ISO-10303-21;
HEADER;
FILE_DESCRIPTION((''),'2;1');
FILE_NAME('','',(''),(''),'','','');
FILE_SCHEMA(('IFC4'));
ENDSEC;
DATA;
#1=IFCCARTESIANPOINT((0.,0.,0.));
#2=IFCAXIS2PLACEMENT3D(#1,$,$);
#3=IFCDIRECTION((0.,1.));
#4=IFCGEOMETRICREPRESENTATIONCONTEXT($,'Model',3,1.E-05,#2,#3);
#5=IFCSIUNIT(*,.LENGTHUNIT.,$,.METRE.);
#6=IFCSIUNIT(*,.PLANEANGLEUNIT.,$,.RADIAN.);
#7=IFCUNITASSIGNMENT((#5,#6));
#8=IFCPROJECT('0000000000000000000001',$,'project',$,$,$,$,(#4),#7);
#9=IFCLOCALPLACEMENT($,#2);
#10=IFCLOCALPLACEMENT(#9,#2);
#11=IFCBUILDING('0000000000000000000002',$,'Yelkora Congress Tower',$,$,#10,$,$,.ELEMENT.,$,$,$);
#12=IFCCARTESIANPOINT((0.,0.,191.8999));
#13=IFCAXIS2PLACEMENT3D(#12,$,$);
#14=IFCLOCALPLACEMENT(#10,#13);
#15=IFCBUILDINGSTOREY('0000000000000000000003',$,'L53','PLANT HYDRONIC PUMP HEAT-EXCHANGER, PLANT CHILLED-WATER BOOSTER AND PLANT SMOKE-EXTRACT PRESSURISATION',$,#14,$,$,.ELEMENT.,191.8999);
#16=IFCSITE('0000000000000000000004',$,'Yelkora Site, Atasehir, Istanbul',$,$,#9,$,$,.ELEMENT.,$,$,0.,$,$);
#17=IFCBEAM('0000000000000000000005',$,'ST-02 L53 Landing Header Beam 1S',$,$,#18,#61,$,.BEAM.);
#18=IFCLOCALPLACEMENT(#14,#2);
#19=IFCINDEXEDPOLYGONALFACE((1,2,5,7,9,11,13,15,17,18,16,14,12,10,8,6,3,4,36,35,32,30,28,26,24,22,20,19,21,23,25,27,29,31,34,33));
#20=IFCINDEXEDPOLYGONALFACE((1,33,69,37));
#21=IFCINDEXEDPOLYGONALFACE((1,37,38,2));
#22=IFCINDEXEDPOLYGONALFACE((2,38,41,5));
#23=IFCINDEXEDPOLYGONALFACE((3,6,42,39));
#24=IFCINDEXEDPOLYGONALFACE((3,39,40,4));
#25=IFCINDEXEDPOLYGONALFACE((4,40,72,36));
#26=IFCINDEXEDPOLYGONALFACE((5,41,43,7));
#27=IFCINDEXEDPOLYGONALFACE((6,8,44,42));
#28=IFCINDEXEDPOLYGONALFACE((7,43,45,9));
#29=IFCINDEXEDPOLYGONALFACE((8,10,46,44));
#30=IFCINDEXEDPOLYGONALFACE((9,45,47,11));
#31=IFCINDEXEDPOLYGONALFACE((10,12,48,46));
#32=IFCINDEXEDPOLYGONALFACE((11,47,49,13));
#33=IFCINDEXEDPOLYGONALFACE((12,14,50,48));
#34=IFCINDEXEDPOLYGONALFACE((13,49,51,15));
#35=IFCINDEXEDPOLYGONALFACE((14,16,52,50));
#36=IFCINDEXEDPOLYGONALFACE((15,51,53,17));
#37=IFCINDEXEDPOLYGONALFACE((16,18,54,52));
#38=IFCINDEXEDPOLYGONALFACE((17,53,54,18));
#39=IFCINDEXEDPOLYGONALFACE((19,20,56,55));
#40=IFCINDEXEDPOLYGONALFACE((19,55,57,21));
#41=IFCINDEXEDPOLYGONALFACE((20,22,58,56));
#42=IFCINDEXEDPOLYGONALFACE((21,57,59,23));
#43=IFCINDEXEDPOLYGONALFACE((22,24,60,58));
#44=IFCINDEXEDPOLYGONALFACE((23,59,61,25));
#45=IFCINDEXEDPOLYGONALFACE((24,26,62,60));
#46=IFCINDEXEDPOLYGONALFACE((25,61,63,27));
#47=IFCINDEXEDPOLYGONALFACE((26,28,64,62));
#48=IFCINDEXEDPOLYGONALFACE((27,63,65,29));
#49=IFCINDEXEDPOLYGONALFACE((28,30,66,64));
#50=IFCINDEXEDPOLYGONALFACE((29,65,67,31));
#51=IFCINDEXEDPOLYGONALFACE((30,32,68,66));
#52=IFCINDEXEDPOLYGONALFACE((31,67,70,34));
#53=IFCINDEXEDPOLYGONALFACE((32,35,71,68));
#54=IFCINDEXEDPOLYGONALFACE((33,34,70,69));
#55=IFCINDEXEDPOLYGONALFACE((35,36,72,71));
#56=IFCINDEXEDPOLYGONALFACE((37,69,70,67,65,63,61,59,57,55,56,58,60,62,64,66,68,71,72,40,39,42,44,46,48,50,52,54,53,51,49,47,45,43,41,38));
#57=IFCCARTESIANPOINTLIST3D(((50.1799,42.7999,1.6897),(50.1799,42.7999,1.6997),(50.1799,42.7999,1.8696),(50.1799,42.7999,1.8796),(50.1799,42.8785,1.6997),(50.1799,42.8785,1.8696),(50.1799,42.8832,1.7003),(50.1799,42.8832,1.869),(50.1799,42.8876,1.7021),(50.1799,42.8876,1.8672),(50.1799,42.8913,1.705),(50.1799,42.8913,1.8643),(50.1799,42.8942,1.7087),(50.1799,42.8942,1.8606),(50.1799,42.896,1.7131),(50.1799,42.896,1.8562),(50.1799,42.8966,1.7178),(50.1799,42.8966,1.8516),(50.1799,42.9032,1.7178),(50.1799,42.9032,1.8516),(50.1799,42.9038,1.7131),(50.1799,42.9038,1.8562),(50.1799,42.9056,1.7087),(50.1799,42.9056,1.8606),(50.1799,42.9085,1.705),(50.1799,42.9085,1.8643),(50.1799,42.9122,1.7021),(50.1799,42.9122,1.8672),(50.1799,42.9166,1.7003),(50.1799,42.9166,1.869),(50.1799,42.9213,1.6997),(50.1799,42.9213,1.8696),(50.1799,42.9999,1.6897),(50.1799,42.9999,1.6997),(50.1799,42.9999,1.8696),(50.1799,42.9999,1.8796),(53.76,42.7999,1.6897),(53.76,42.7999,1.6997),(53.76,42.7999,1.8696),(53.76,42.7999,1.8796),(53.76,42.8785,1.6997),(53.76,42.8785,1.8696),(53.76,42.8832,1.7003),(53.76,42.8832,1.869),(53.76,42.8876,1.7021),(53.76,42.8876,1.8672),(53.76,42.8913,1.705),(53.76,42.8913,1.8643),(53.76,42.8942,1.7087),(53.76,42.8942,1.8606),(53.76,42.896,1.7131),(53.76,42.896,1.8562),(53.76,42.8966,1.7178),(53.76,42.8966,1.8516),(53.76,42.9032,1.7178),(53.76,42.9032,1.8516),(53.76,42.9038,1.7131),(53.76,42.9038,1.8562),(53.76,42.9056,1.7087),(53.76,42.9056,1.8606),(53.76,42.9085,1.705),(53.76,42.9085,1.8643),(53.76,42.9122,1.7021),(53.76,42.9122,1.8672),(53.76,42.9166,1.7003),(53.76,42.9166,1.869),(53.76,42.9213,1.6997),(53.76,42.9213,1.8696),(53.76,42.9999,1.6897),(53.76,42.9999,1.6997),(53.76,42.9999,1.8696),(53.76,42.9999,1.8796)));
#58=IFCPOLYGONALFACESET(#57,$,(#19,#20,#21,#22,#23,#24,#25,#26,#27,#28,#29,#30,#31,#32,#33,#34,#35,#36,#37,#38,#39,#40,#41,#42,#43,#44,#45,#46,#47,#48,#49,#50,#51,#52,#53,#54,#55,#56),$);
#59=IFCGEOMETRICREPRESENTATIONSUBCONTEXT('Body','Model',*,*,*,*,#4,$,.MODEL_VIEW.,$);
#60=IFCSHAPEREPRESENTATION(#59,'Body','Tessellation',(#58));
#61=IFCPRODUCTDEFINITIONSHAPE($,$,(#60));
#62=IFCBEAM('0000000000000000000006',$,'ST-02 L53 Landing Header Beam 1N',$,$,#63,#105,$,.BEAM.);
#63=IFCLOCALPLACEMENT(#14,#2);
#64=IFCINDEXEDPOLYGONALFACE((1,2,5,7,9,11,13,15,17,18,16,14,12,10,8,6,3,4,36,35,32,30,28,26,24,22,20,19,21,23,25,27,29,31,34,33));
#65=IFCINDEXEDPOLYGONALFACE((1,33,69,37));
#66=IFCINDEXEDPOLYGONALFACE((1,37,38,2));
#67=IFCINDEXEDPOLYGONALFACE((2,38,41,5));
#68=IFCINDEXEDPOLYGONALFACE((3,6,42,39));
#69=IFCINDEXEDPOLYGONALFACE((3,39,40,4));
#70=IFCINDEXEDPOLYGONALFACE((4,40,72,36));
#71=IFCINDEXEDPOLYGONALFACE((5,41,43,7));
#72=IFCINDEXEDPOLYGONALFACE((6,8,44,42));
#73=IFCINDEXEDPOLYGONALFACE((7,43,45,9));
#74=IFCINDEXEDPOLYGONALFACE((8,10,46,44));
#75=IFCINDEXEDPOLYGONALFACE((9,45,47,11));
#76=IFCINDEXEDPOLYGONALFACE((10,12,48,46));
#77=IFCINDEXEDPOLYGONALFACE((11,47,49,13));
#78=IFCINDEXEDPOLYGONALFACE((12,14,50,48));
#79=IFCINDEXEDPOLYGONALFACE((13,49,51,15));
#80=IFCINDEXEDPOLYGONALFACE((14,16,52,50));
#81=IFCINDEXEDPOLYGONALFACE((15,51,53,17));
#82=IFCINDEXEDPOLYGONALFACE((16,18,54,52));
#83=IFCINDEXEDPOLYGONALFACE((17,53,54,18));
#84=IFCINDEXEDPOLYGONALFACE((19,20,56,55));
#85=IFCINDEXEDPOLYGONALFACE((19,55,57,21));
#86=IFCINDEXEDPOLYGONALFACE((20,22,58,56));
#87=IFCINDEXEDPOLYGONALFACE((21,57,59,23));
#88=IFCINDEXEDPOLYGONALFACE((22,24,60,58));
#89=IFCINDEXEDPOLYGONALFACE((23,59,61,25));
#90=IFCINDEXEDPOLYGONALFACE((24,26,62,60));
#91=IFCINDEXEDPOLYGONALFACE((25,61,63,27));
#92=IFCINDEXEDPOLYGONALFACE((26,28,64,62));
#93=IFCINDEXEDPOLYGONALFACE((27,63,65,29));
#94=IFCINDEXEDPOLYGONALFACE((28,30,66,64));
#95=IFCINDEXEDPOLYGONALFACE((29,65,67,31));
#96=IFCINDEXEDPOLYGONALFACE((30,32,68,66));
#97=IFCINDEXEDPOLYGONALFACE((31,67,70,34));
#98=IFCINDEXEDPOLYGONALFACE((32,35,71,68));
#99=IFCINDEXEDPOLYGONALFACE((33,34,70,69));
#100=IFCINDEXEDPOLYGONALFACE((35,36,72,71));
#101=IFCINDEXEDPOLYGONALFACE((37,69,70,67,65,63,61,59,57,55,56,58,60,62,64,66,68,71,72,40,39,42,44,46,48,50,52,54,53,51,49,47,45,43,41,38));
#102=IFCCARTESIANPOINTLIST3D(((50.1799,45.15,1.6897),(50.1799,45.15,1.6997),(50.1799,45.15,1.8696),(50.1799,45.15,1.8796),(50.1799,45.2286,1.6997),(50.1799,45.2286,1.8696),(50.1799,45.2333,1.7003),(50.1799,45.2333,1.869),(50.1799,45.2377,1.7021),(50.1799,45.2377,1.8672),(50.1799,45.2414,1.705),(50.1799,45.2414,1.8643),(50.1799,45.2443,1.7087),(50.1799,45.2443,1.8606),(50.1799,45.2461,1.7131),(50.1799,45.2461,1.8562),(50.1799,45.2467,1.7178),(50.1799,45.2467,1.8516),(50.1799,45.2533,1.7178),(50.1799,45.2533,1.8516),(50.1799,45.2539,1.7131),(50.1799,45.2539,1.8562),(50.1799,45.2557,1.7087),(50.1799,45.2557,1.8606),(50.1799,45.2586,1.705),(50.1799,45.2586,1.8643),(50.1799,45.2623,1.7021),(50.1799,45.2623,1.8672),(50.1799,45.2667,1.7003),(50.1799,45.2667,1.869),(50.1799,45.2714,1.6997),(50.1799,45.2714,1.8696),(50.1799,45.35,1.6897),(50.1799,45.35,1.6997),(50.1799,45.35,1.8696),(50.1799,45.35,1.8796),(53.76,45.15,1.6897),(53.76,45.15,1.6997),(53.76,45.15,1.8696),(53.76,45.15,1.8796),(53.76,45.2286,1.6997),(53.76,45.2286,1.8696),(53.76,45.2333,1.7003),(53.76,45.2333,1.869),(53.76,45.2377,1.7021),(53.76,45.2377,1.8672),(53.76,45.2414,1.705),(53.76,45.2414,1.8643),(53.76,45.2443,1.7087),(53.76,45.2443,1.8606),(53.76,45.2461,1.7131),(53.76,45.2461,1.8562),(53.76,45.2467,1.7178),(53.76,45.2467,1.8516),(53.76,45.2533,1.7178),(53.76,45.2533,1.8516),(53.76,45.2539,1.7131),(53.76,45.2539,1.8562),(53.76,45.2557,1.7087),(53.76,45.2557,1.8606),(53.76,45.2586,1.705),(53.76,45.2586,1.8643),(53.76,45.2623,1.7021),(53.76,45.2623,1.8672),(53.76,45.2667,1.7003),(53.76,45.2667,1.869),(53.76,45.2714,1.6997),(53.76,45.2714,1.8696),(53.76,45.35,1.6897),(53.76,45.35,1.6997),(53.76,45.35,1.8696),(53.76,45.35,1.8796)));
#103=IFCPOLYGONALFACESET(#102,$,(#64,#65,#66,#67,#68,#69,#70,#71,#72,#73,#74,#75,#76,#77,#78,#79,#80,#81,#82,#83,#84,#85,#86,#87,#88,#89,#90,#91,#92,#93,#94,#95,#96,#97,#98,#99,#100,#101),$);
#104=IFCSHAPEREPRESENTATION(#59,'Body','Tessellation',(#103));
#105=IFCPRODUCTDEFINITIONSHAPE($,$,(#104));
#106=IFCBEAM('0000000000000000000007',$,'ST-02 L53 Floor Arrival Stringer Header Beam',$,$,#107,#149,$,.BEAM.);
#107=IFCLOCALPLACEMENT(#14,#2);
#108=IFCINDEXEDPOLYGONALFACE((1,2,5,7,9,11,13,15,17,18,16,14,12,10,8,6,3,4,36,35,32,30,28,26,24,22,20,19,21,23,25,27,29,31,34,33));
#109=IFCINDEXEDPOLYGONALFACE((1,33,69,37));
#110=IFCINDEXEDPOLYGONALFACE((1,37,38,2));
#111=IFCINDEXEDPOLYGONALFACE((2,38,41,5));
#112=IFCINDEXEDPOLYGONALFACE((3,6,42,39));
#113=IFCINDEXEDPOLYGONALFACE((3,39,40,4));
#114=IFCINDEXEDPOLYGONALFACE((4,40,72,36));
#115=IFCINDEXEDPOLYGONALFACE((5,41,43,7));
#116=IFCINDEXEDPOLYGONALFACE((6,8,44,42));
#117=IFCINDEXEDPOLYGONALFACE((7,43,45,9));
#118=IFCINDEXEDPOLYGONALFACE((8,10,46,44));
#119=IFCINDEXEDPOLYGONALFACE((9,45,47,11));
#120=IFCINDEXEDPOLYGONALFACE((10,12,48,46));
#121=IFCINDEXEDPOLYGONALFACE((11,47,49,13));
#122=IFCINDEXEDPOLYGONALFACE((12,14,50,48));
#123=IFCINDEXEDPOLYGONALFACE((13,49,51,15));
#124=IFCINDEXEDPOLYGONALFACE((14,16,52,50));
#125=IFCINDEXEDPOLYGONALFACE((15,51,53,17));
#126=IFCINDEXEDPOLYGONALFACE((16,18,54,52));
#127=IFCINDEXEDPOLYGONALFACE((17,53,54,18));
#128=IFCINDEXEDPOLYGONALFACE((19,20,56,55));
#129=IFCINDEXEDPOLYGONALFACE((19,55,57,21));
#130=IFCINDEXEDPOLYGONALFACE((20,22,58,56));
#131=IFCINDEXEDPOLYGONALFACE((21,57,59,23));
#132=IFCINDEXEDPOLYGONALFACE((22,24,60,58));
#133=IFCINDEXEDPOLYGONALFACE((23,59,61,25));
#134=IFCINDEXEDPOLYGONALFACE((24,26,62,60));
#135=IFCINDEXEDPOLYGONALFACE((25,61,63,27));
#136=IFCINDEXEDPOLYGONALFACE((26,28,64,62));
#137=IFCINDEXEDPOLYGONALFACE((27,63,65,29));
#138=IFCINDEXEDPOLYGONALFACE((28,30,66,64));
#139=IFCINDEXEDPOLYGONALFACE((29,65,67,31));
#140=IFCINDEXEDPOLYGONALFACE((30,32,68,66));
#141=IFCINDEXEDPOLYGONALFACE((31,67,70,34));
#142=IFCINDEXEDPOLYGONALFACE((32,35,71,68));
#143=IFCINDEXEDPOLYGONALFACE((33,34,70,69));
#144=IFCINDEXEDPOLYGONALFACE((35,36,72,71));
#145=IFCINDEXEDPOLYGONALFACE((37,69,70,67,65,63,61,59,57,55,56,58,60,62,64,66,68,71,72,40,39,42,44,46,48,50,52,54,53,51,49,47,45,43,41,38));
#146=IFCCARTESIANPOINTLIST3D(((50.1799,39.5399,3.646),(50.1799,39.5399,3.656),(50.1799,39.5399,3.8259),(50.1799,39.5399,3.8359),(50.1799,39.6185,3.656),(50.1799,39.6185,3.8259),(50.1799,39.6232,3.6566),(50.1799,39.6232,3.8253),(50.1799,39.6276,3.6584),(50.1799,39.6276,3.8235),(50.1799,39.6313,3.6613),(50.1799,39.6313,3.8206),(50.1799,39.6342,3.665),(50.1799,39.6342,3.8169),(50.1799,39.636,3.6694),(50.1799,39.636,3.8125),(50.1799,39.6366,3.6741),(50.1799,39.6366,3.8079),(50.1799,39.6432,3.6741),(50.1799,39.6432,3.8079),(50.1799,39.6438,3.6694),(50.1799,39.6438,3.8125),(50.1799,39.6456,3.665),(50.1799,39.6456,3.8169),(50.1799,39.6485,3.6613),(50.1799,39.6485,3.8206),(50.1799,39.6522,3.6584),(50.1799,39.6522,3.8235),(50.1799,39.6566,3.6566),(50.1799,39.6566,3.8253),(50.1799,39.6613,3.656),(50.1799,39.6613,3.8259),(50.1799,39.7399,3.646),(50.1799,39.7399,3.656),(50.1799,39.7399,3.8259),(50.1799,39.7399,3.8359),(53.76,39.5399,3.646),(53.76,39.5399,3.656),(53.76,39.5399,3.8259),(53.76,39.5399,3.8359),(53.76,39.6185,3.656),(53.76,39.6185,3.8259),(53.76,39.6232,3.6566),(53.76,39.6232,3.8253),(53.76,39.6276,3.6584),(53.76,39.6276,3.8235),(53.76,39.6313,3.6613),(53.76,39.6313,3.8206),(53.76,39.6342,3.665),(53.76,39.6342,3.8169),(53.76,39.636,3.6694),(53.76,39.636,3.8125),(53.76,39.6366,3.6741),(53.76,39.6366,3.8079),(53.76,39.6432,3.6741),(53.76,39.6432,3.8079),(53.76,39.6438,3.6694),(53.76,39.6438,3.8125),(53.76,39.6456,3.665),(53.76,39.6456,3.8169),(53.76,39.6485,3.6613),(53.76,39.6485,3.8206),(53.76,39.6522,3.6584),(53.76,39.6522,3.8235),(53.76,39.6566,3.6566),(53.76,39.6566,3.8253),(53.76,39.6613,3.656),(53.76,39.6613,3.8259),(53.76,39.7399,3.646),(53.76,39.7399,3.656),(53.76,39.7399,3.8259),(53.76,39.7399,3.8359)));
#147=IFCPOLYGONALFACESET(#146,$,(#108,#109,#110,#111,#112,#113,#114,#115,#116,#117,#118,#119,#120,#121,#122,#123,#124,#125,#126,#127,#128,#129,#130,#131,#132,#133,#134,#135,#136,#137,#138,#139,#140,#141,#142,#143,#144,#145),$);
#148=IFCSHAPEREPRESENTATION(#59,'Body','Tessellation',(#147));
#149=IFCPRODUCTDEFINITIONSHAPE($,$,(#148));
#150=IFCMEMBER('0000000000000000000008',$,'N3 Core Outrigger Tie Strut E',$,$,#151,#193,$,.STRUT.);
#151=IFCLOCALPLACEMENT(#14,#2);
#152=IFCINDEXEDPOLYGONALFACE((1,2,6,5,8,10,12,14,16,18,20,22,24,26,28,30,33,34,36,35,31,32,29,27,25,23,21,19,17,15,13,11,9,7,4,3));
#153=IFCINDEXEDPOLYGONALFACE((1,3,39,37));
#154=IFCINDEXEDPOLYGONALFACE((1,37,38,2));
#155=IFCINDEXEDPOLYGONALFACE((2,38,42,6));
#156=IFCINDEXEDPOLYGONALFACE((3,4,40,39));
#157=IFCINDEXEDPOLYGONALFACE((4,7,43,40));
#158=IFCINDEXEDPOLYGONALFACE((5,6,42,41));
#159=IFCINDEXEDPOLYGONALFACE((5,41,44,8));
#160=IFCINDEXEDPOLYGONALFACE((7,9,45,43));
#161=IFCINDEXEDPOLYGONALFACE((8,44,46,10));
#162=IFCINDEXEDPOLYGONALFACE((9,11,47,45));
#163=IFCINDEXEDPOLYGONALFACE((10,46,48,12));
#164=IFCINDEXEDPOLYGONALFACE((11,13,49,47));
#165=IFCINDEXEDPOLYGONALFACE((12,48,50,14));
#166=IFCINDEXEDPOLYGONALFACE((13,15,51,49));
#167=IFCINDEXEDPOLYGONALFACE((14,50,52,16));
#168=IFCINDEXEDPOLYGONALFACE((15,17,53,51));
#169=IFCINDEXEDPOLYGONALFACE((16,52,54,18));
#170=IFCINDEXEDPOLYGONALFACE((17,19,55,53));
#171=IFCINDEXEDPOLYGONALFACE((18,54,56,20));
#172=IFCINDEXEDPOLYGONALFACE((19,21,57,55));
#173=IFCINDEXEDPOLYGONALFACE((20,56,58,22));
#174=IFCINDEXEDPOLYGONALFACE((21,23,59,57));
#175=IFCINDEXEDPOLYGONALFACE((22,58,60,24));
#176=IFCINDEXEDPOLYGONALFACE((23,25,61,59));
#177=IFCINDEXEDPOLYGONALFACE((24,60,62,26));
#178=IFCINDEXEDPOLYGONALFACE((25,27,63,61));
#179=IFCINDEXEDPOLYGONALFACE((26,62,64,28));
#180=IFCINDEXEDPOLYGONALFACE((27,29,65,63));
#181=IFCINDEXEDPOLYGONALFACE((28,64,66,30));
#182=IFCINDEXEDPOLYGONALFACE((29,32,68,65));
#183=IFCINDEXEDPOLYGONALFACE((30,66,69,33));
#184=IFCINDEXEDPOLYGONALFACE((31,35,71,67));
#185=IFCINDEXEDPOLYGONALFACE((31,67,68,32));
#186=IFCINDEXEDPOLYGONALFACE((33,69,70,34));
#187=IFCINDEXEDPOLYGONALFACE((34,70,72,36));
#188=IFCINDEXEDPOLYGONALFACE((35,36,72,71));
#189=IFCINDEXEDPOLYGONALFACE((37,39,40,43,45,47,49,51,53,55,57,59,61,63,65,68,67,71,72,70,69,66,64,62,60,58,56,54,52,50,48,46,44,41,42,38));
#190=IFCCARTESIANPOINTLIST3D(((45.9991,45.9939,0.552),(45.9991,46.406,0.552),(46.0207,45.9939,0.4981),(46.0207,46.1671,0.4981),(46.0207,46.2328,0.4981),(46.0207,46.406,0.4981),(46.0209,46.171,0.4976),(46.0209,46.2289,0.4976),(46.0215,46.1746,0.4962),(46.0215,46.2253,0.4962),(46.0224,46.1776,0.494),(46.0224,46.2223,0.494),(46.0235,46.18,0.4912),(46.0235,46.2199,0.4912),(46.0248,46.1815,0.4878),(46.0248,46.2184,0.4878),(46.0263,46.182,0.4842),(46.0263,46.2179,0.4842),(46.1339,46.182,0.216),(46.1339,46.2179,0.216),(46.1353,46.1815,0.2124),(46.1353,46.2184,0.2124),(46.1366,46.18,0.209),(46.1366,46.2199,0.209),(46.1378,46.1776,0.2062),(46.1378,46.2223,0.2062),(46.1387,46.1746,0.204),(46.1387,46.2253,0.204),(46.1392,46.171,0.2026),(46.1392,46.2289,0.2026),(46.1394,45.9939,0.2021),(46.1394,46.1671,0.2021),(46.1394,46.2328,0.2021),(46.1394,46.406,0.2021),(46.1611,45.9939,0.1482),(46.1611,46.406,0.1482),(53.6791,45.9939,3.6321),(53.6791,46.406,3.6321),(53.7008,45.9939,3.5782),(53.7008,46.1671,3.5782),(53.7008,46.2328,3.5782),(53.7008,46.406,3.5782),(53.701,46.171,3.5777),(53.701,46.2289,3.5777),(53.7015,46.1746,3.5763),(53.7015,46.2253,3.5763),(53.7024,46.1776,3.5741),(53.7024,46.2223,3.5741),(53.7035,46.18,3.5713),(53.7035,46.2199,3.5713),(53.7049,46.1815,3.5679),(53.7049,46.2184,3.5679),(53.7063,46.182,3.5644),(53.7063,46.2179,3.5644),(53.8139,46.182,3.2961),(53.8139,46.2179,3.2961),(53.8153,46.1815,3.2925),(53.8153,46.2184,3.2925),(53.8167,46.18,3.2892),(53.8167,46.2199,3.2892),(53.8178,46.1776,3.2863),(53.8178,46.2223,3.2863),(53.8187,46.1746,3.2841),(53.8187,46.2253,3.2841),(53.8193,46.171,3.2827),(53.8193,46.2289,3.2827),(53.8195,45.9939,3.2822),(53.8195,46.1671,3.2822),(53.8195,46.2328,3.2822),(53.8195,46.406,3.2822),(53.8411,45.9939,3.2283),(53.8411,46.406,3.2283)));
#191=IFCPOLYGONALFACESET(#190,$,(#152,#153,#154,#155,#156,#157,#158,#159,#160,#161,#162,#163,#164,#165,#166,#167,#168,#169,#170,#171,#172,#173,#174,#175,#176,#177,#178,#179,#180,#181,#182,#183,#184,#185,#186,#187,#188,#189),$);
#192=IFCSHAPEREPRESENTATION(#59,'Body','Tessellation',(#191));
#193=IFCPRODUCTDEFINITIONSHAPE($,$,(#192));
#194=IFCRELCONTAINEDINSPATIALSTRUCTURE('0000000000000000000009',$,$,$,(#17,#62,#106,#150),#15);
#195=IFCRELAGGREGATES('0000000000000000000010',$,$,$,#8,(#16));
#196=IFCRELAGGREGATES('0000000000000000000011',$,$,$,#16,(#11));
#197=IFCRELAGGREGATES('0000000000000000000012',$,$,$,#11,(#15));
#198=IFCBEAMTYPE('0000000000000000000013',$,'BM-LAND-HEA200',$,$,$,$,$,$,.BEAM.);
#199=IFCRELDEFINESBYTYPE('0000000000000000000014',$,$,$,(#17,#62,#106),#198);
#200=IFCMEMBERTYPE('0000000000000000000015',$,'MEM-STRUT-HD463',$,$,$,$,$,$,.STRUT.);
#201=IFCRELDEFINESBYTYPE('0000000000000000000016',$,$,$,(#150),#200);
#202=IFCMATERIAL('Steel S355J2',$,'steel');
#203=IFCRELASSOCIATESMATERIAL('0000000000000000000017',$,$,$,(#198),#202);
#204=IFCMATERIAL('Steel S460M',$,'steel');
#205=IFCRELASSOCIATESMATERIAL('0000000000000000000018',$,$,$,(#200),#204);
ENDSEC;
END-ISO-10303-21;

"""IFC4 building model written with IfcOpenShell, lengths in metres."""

from ifc_helpers import new_model, si_unit, direction, frame, origin, origin_2d, place, context, subcontext, project, spatial, i_section, extrude, material, material_profile, profile_set, type_object, element, save


model = new_model("IFC4")

# Units and contexts
model_context = context("Model", 3, precision=1e-05, world=origin(), true_north=direction((0.0, 1.0)))
body_context = subcontext(model_context, "Body", "Model", "MODEL_VIEW")
ifc_project = project(units=[si_unit("LENGTHUNIT", "METRE"), si_unit("PLANEANGLEUNIT", "RADIAN")], contexts=[model_context])

# Site, building, storey
site_placement = place(None, origin())
site = spatial("IfcSite", under=ifc_project, at=site_placement, Name="Yelkora Site, Atasehir, Istanbul", CompositionType="ELEMENT", RefElevation=0.0)
building_placement = place(site_placement, origin())
building = spatial("IfcBuilding", under=site, at=building_placement, Name="Yelkora Congress Tower", CompositionType="ELEMENT")
storey_placement = place(building_placement, frame((0.0, 0.0, 191.8999)))
storey = spatial("IfcBuildingStorey", under=building, at=storey_placement, Name="L53", Description="PLANT HYDRONIC PUMP HEAT-EXCHANGER, PLANT CHILLED-WATER BOOSTER AND PLANT SMOKE-EXTRACT PRESSURISATION", CompositionType="ELEMENT", Elevation=191.8999)

# Beams
ifc_material_1 = material(Name="Steel S355J2", Category="steel")
ifc_material_profile_1 = material_profile(ifc_material_1, i_section(OverallWidth=0.2, OverallDepth=0.1899, WebThickness=0.0066, FlangeThickness=0.01, FilletRadius=0.0181, at=origin_2d()), Name="HEA 200")
ifc_profile_set_1 = profile_set([ifc_material_profile_1], Name="Steel S355J2")
beam_type = type_object("IfcBeamType", Name="BM-LAND-HEA200", PredefinedType="BEAM", material=ifc_profile_set_1)
for number, where, z_axis, x_axis, name in (
    (1, (50.1799, 42.8999, 1.7847), (1.0, 0.0, 0.0), (0.0, 1.0, 0.0), "ST-02 L53 Landing Header Beam 1S"),
    (2, (50.1799, 45.25, 1.7847), (1.0, 0.0, 0.0), (0.0, 1.0, 0.0), "ST-02 L53 Landing Header Beam 1N"),
    (3, (50.1799, 39.6399, 3.741), (1.0, 0.0, 0.0), (0.0, 1.0, 0.0), "ST-02 L53 Floor Arrival Stringer Header Beam"),
):
    element("IfcBeam", number, at=place(storey_placement, frame(where, z_axis=z_axis, x_axis=x_axis)), inside=storey, type_object=beam_type, Name=name, PredefinedType="BEAM", context=body_context, shape_type="SweptSolid", body=[
        extrude(i_section(OverallWidth=0.2, OverallDepth=0.1899, WebThickness=0.0066, FlangeThickness=0.01, FilletRadius=0.0181, at=origin_2d()), origin(), (0.0, 0.0, 1.0), 3.5801),
    ])

# Member
ifc_material_2 = material(Name="Steel S460M", Category="steel")
ifc_material_profile_2 = material_profile(ifc_material_2, i_section(OverallWidth=0.4121, OverallDepth=0.4351, WebThickness=0.0359, FlangeThickness=0.0581, FilletRadius=0.0149, at=origin_2d()), Name="HD 400x463")
ifc_profile_set_2 = profile_set([ifc_material_profile_2], Name="Steel S460M")
member_type = type_object("IfcMemberType", Name="MEM-STRUT-HD463", PredefinedType="STRUT", material=ifc_profile_set_2)
member_placement = place(storey_placement, frame((46.0801, 46.2, 0.3501), z_axis=(0.928139, 0.0, 0.372235), x_axis=(0.0, 1.0, 0.0)))
element("IfcMember", 4, at=member_placement, inside=storey, type_object=member_type, Name="N3 Core Outrigger Tie Strut E", PredefinedType="STRUT", context=body_context, shape_type="SweptSolid", body=[
    extrude(i_section(OverallWidth=0.4121, OverallDepth=0.4351, WebThickness=0.0359, FlangeThickness=0.0581, FilletRadius=0.0149, at=origin_2d()), origin(), (0.0, 0.0, 1.0), 8.2747),
])

save(model, "model.ifc")
